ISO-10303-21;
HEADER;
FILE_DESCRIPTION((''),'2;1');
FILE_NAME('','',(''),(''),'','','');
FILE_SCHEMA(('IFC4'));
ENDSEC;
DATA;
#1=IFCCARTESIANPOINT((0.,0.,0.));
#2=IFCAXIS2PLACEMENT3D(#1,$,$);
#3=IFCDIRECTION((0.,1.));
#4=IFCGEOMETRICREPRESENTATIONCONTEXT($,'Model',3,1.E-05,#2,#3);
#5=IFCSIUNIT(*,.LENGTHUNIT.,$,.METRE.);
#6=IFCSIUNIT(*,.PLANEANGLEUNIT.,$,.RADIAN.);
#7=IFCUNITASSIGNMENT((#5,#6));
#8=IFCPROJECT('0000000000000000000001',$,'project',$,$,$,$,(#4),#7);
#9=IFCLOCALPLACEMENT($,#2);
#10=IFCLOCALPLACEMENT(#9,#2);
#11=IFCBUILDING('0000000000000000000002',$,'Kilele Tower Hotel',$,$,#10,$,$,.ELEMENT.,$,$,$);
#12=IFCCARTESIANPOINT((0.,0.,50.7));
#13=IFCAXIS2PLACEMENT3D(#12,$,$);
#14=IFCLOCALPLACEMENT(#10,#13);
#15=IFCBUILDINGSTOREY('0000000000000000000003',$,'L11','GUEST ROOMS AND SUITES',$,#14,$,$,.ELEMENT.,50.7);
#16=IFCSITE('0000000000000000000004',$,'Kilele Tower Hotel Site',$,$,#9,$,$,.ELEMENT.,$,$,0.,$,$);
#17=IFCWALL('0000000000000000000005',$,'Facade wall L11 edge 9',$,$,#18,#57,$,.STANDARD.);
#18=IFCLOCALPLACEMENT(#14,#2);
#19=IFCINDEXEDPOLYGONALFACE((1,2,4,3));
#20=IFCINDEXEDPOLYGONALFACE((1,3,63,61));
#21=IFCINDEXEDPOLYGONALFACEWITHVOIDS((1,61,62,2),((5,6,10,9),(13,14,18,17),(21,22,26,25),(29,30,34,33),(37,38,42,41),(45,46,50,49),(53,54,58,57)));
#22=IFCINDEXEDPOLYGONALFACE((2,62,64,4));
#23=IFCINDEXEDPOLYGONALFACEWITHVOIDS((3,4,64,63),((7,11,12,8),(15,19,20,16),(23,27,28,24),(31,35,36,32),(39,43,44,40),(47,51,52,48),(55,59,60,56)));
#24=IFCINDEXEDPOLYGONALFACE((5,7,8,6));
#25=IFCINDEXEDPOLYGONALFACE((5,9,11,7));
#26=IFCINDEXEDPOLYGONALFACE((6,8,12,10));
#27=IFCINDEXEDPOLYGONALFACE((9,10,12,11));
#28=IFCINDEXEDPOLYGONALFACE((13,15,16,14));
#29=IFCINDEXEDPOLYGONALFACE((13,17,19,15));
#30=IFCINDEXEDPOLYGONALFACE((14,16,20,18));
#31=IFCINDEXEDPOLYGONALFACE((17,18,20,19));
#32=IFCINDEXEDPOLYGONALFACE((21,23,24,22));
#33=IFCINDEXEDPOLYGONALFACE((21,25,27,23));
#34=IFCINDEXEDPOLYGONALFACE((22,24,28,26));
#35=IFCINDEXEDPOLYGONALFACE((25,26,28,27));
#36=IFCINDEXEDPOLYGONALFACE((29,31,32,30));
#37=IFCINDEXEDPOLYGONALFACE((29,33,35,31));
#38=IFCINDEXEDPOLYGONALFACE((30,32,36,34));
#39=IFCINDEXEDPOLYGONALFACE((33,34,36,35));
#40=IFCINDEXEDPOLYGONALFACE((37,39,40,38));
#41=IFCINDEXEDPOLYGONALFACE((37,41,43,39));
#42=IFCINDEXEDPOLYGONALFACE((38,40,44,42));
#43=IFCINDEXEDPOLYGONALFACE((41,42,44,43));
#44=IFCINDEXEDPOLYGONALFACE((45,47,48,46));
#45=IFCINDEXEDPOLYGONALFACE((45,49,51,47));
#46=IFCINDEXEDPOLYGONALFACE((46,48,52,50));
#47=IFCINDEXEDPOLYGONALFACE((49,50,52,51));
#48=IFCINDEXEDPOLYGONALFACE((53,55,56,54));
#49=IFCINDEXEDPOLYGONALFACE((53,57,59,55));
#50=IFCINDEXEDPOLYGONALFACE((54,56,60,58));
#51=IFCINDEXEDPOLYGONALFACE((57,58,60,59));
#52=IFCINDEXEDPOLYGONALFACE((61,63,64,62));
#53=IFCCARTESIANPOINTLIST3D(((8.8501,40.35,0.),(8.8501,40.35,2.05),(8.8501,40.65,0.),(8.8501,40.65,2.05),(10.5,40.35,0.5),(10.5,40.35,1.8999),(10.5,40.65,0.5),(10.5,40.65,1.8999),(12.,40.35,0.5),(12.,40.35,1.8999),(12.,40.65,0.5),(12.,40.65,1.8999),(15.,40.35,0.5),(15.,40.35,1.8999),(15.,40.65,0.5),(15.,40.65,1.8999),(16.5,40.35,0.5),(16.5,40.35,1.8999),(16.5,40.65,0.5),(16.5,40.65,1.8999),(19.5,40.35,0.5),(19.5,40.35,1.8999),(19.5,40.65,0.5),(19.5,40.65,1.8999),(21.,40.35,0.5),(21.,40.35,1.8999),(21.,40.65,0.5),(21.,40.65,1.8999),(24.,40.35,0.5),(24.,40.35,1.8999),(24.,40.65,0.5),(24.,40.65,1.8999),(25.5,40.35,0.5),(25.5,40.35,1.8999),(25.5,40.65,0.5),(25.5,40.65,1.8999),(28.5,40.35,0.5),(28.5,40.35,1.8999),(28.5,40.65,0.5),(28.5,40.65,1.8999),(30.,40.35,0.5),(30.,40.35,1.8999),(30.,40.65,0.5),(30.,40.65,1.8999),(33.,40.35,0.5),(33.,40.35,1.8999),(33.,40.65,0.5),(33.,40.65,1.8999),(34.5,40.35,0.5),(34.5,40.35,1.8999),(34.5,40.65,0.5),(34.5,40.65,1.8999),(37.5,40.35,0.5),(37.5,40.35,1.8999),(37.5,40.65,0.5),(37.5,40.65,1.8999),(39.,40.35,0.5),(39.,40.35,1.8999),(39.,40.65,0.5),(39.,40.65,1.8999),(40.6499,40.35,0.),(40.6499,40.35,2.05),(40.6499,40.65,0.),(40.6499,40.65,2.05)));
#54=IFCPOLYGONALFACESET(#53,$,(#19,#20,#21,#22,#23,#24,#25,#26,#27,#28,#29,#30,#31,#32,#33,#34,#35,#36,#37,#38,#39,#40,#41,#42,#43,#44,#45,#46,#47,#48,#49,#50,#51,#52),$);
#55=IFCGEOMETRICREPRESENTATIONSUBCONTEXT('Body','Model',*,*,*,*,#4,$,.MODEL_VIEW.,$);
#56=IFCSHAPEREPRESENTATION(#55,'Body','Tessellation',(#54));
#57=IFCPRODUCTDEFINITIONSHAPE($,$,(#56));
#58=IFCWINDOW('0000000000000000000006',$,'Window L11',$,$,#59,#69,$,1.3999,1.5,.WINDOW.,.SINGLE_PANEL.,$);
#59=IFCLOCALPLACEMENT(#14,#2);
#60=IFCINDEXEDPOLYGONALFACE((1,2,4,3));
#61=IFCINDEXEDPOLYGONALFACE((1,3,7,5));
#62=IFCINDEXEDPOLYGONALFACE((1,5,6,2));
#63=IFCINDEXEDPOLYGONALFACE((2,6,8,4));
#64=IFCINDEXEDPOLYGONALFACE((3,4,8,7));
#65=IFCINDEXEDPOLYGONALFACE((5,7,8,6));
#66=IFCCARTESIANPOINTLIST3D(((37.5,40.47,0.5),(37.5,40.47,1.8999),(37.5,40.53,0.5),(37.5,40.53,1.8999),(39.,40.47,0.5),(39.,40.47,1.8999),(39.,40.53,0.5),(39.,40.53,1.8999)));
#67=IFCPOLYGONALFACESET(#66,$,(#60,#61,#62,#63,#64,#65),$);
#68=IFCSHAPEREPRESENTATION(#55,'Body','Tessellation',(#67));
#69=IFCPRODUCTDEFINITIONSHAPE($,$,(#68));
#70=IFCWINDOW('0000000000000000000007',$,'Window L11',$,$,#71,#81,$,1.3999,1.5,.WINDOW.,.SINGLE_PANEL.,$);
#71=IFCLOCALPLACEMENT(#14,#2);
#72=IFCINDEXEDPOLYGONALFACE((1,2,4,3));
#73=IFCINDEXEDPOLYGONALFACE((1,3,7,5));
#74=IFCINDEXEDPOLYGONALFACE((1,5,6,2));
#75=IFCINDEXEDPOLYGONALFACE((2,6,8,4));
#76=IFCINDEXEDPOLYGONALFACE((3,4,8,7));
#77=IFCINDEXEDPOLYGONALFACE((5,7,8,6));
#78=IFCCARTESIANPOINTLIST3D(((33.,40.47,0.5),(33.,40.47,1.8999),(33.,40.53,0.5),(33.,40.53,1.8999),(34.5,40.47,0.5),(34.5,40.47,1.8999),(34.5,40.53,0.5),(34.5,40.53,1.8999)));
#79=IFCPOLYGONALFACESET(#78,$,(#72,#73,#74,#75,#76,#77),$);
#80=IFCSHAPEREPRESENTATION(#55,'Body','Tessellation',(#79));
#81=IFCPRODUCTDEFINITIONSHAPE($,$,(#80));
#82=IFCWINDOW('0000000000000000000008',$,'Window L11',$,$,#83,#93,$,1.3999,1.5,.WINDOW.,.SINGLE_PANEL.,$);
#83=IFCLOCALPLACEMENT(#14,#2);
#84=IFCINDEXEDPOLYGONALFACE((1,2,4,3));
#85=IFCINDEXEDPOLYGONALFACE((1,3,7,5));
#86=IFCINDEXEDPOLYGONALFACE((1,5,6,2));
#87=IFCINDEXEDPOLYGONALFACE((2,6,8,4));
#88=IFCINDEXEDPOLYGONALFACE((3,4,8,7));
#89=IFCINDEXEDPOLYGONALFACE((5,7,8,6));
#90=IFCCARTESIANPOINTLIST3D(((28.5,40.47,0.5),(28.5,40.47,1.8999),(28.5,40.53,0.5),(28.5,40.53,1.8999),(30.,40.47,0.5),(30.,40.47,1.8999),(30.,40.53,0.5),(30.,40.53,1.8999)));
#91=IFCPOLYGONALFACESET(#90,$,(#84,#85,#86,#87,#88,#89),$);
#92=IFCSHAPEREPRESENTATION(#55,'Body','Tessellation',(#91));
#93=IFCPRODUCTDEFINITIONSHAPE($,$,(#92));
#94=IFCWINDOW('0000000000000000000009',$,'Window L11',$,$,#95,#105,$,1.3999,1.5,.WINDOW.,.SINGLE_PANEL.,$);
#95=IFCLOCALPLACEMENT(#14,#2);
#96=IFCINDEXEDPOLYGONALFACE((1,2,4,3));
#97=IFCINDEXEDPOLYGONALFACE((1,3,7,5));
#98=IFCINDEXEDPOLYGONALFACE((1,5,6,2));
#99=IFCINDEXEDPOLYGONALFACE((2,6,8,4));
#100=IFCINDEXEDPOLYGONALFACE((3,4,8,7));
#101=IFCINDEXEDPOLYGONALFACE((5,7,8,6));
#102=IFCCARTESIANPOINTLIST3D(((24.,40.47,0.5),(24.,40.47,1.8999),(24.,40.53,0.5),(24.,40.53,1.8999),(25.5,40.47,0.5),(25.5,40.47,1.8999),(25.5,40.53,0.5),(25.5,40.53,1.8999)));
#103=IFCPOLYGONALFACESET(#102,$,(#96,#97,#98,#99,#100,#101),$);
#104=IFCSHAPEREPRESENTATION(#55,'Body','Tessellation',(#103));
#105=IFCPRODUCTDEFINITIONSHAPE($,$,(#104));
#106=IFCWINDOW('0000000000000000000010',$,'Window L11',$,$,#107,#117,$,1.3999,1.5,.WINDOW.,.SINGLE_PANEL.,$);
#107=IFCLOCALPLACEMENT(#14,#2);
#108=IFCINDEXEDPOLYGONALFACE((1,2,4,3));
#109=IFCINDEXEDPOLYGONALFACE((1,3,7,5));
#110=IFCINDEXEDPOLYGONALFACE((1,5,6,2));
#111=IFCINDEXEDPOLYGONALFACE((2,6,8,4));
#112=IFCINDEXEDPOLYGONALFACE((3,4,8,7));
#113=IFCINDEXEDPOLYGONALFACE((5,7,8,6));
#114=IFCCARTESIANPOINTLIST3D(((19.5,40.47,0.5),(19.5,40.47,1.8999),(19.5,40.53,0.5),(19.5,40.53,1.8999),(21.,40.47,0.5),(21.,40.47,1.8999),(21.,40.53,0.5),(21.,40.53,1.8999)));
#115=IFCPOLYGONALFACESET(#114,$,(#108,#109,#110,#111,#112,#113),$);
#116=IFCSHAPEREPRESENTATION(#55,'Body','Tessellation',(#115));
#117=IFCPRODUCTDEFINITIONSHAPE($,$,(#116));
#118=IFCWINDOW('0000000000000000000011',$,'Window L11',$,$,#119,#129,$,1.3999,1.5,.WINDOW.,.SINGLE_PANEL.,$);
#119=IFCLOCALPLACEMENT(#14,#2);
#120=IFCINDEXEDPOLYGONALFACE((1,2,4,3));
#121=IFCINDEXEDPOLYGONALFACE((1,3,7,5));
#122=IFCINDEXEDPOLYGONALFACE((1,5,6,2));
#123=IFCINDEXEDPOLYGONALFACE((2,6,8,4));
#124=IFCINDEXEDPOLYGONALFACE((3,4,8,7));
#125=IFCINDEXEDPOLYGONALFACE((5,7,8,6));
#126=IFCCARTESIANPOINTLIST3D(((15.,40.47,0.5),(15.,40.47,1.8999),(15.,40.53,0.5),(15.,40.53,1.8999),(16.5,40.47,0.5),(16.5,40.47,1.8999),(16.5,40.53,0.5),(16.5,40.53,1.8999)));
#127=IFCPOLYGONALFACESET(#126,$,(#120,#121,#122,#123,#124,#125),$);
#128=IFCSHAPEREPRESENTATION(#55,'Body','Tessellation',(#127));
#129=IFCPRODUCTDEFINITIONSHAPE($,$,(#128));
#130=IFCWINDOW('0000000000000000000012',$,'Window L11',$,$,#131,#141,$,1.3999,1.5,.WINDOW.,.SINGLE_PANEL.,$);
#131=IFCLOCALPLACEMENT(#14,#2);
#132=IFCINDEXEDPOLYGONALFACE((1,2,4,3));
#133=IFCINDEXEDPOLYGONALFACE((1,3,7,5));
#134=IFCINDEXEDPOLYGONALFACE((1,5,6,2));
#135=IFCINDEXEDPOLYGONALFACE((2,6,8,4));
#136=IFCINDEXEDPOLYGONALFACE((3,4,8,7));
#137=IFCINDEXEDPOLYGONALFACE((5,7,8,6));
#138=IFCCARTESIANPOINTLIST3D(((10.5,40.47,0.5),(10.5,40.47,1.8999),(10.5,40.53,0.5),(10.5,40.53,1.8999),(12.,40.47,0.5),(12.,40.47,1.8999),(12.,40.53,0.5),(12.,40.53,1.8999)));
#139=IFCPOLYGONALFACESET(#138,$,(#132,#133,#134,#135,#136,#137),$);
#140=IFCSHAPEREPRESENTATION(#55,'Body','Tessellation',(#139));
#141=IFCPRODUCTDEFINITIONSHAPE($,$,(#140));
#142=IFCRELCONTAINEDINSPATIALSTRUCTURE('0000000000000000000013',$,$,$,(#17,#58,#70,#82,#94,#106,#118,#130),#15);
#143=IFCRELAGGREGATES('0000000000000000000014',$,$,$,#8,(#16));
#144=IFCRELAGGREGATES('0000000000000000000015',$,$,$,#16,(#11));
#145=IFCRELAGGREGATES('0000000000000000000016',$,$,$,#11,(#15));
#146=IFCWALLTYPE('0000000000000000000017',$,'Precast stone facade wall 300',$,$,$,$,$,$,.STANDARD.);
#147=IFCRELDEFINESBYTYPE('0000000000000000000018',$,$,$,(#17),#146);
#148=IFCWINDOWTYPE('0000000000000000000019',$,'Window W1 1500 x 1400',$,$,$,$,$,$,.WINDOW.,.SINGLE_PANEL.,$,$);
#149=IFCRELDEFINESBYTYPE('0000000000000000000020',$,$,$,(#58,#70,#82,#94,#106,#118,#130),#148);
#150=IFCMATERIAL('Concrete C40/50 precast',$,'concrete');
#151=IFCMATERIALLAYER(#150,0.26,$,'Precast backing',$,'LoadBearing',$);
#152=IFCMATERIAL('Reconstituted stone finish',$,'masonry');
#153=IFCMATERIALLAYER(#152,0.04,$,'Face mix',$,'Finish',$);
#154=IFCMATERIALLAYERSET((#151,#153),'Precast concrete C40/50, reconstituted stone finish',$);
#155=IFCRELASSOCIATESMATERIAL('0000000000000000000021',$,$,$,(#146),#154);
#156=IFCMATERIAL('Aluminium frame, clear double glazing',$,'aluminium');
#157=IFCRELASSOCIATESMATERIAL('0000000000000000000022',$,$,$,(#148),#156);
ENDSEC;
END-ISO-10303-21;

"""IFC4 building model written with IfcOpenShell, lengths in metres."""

from ifc_helpers import new_model, si_unit, direction, frame, frame_2d, origin, place, context, subcontext, project, spatial, rectangle, extrude, material, layer, layer_set, type_object, element, fill, save


model = new_model("IFC4")

# Units and contexts
model_context = context("Model", 3, precision=1e-05, world=origin(), true_north=direction((0.0, 1.0)))
body_context = subcontext(model_context, "Body", "Model", "MODEL_VIEW")
ifc_project = project(units=[si_unit("LENGTHUNIT", "METRE"), si_unit("PLANEANGLEUNIT", "RADIAN")], contexts=[model_context])

# Site, building, storey
site_placement = place(None, origin())
site = spatial("IfcSite", under=ifc_project, at=site_placement, Name="Kilele Tower Hotel Site", CompositionType="ELEMENT", RefElevation=0.0)
building_placement = place(site_placement, origin())
building = spatial("IfcBuilding", under=site, at=building_placement, Name="Kilele Tower Hotel", CompositionType="ELEMENT")
storey_placement = place(building_placement, frame((0.0, 0.0, 50.7)))
storey = spatial("IfcBuildingStorey", under=building, at=storey_placement, Name="L11", Description="GUEST ROOMS AND SUITES", CompositionType="ELEMENT", Elevation=50.7)

# Shared definitions
ifc_material_1 = material(Name="Concrete C40/50 precast", Category="concrete")
ifc_layer_1 = layer(ifc_material_1, 0.26, Name="Precast backing", Category="LoadBearing")
ifc_material_2 = material(Name="Reconstituted stone finish", Category="masonry")
ifc_layer_2 = layer(ifc_material_2, 0.04, Name="Face mix", Category="Finish")
ifc_layer_set_1 = layer_set([ifc_layer_1, ifc_layer_2], Name="Precast concrete C40/50, reconstituted stone finish")
wall_type_1 = type_object("IfcWallType", Name="Precast stone facade wall 300", PredefinedType="STANDARD", material=ifc_layer_set_1)
ifc_material_3 = material(Name="Aluminium frame, clear double glazing", Category="aluminium")
window_type_1 = type_object("IfcWindowType", Name="Window W1 1500 x 1400", PartitioningType="SINGLE_PANEL", PredefinedType="WINDOW", material=ifc_material_3)

# Wall, openings, windows
wall_1_placement = place(storey_placement, frame((40.6499, 40.5, 0.0), z_axis=(0.0, 0.0, 1.0), x_axis=(-1.0, 0.0, 0.0)))
wall_1 = element("IfcWall", 1, at=wall_1_placement, inside=storey, type_object=wall_type_1, Name="Facade wall L11 edge 9", PredefinedType="STANDARD", context=body_context, shape_type="SweptSolid", body=[
    extrude(rectangle(XDim=31.7998, YDim=0.3, at=frame_2d((15.8999, 0.0))), origin(), (0.0, 0.0, 1.0), 2.05),
])
opening_1_placement = place(wall_1_placement, frame((1.6499, 0.0, 0.5)))
opening_1 = element("IfcOpeningElement", 2, at=opening_1_placement, cuts=wall_1, PredefinedType="OPENING", context=body_context, shape_type="SweptSolid", body=[
    extrude(rectangle(XDim=1.5, YDim=1.3999, at=frame_2d((0.75, 0.7))), frame((0.0, 0.1599, 0.0), z_axis=(0.0, -1.0, 0.0), x_axis=(1.0, 0.0, 0.0)), (0.0, 0.0, 1.0), 0.3201),
])
opening_2_placement = place(wall_1_placement, frame((6.1499, 0.0, 0.5)))
opening_2 = element("IfcOpeningElement", 3, at=opening_2_placement, cuts=wall_1, PredefinedType="OPENING", context=body_context, shape_type="SweptSolid", body=[
    extrude(rectangle(XDim=1.5, YDim=1.3999, at=frame_2d((0.75, 0.7))), frame((0.0, 0.1599, 0.0), z_axis=(0.0, -1.0, 0.0), x_axis=(1.0, 0.0, 0.0)), (0.0, 0.0, 1.0), 0.3201),
])
opening_3_placement = place(wall_1_placement, frame((10.6499, 0.0, 0.5)))
opening_3 = element("IfcOpeningElement", 4, at=opening_3_placement, cuts=wall_1, PredefinedType="OPENING", context=body_context, shape_type="SweptSolid", body=[
    extrude(rectangle(XDim=1.5, YDim=1.3999, at=frame_2d((0.75, 0.7))), frame((0.0, 0.1599, 0.0), z_axis=(0.0, -1.0, 0.0), x_axis=(1.0, 0.0, 0.0)), (0.0, 0.0, 1.0), 0.3201),
])
opening_4_placement = place(wall_1_placement, frame((15.1499, 0.0, 0.5)))
opening_4 = element("IfcOpeningElement", 5, at=opening_4_placement, cuts=wall_1, PredefinedType="OPENING", context=body_context, shape_type="SweptSolid", body=[
    extrude(rectangle(XDim=1.5, YDim=1.3999, at=frame_2d((0.75, 0.7))), frame((0.0, 0.1599, 0.0), z_axis=(0.0, -1.0, 0.0), x_axis=(1.0, 0.0, 0.0)), (0.0, 0.0, 1.0), 0.3201),
])
opening_5_placement = place(wall_1_placement, frame((19.6499, 0.0, 0.5)))
opening_5 = element("IfcOpeningElement", 6, at=opening_5_placement, cuts=wall_1, PredefinedType="OPENING", context=body_context, shape_type="SweptSolid", body=[
    extrude(rectangle(XDim=1.5, YDim=1.3999, at=frame_2d((0.75, 0.7))), frame((0.0, 0.1599, 0.0), z_axis=(0.0, -1.0, 0.0), x_axis=(1.0, 0.0, 0.0)), (0.0, 0.0, 1.0), 0.3201),
])
opening_6_placement = place(wall_1_placement, frame((24.1499, 0.0, 0.5)))
opening_6 = element("IfcOpeningElement", 7, at=opening_6_placement, cuts=wall_1, PredefinedType="OPENING", context=body_context, shape_type="SweptSolid", body=[
    extrude(rectangle(XDim=1.5, YDim=1.3999, at=frame_2d((0.75, 0.7))), frame((0.0, 0.1599, 0.0), z_axis=(0.0, -1.0, 0.0), x_axis=(1.0, 0.0, 0.0)), (0.0, 0.0, 1.0), 0.3201),
])
opening_7_placement = place(wall_1_placement, frame((28.6499, 0.0, 0.5)))
opening_7 = element("IfcOpeningElement", 8, at=opening_7_placement, cuts=wall_1, PredefinedType="OPENING", context=body_context, shape_type="SweptSolid", body=[
    extrude(rectangle(XDim=1.5, YDim=1.3999, at=frame_2d((0.75, 0.7))), frame((0.0, 0.1599, 0.0), z_axis=(0.0, -1.0, 0.0), x_axis=(1.0, 0.0, 0.0)), (0.0, 0.0, 1.0), 0.3201),
])
window_1_placement = place(opening_1_placement, origin())
window_1 = element("IfcWindow", 9, at=window_1_placement, inside=storey, type_object=window_type_1, Name="Window L11", OverallHeight=1.3999, OverallWidth=1.5, PartitioningType="SINGLE_PANEL", PredefinedType="WINDOW", context=body_context, shape_type="SweptSolid", body=[
    extrude(rectangle(XDim=1.5, YDim=1.3999, at=frame_2d((0.75, 0.7))), frame((0.0, 0.03, 0.0), z_axis=(0.0, -1.0, 0.0), x_axis=(1.0, 0.0, 0.0)), (0.0, 0.0, 1.0), 0.0601),
])
fill(opening_1, window_1)
window_2_placement = place(opening_2_placement, origin())
window_2 = element("IfcWindow", 10, at=window_2_placement, inside=storey, type_object=window_type_1, Name="Window L11", OverallHeight=1.3999, OverallWidth=1.5, PartitioningType="SINGLE_PANEL", PredefinedType="WINDOW", context=body_context, shape_type="SweptSolid", body=[
    extrude(rectangle(XDim=1.5, YDim=1.3999, at=frame_2d((0.75, 0.7))), frame((0.0, 0.03, 0.0), z_axis=(0.0, -1.0, 0.0), x_axis=(1.0, 0.0, 0.0)), (0.0, 0.0, 1.0), 0.0601),
])
fill(opening_2, window_2)
window_3_placement = place(opening_3_placement, origin())
window_3 = element("IfcWindow", 11, at=window_3_placement, inside=storey, type_object=window_type_1, Name="Window L11", OverallHeight=1.3999, OverallWidth=1.5, PartitioningType="SINGLE_PANEL", PredefinedType="WINDOW", context=body_context, shape_type="SweptSolid", body=[
    extrude(rectangle(XDim=1.5, YDim=1.3999, at=frame_2d((0.75, 0.7))), frame((0.0, 0.03, 0.0), z_axis=(0.0, -1.0, 0.0), x_axis=(1.0, 0.0, 0.0)), (0.0, 0.0, 1.0), 0.0601),
])
fill(opening_3, window_3)
window_4_placement = place(opening_4_placement, origin())
window_4 = element("IfcWindow", 12, at=window_4_placement, inside=storey, type_object=window_type_1, Name="Window L11", OverallHeight=1.3999, OverallWidth=1.5, PartitioningType="SINGLE_PANEL", PredefinedType="WINDOW", context=body_context, shape_type="SweptSolid", body=[
    extrude(rectangle(XDim=1.5, YDim=1.3999, at=frame_2d((0.75, 0.7))), frame((0.0, 0.03, 0.0), z_axis=(0.0, -1.0, 0.0), x_axis=(1.0, 0.0, 0.0)), (0.0, 0.0, 1.0), 0.0601),
])
fill(opening_4, window_4)
window_5_placement = place(opening_5_placement, origin())
window_5 = element("IfcWindow", 13, at=window_5_placement, inside=storey, type_object=window_type_1, Name="Window L11", OverallHeight=1.3999, OverallWidth=1.5, PartitioningType="SINGLE_PANEL", PredefinedType="WINDOW", context=body_context, shape_type="SweptSolid", body=[
    extrude(rectangle(XDim=1.5, YDim=1.3999, at=frame_2d((0.75, 0.7))), frame((0.0, 0.03, 0.0), z_axis=(0.0, -1.0, 0.0), x_axis=(1.0, 0.0, 0.0)), (0.0, 0.0, 1.0), 0.0601),
])
fill(opening_5, window_5)
window_6_placement = place(opening_6_placement, origin())
window_6 = element("IfcWindow", 14, at=window_6_placement, inside=storey, type_object=window_type_1, Name="Window L11", OverallHeight=1.3999, OverallWidth=1.5, PartitioningType="SINGLE_PANEL", PredefinedType="WINDOW", context=body_context, shape_type="SweptSolid", body=[
    extrude(rectangle(XDim=1.5, YDim=1.3999, at=frame_2d((0.75, 0.7))), frame((0.0, 0.03, 0.0), z_axis=(0.0, -1.0, 0.0), x_axis=(1.0, 0.0, 0.0)), (0.0, 0.0, 1.0), 0.0601),
])
fill(opening_6, window_6)
window_7_placement = place(opening_7_placement, origin())
window_7 = element("IfcWindow", 15, at=window_7_placement, inside=storey, type_object=window_type_1, Name="Window L11", OverallHeight=1.3999, OverallWidth=1.5, PartitioningType="SINGLE_PANEL", PredefinedType="WINDOW", context=body_context, shape_type="SweptSolid", body=[
    extrude(rectangle(XDim=1.5, YDim=1.3999, at=frame_2d((0.75, 0.7))), frame((0.0, 0.03, 0.0), z_axis=(0.0, -1.0, 0.0), x_axis=(1.0, 0.0, 0.0)), (0.0, 0.0, 1.0), 0.0601),
])
fill(opening_7, window_7)

save(model, "model.ifc")
